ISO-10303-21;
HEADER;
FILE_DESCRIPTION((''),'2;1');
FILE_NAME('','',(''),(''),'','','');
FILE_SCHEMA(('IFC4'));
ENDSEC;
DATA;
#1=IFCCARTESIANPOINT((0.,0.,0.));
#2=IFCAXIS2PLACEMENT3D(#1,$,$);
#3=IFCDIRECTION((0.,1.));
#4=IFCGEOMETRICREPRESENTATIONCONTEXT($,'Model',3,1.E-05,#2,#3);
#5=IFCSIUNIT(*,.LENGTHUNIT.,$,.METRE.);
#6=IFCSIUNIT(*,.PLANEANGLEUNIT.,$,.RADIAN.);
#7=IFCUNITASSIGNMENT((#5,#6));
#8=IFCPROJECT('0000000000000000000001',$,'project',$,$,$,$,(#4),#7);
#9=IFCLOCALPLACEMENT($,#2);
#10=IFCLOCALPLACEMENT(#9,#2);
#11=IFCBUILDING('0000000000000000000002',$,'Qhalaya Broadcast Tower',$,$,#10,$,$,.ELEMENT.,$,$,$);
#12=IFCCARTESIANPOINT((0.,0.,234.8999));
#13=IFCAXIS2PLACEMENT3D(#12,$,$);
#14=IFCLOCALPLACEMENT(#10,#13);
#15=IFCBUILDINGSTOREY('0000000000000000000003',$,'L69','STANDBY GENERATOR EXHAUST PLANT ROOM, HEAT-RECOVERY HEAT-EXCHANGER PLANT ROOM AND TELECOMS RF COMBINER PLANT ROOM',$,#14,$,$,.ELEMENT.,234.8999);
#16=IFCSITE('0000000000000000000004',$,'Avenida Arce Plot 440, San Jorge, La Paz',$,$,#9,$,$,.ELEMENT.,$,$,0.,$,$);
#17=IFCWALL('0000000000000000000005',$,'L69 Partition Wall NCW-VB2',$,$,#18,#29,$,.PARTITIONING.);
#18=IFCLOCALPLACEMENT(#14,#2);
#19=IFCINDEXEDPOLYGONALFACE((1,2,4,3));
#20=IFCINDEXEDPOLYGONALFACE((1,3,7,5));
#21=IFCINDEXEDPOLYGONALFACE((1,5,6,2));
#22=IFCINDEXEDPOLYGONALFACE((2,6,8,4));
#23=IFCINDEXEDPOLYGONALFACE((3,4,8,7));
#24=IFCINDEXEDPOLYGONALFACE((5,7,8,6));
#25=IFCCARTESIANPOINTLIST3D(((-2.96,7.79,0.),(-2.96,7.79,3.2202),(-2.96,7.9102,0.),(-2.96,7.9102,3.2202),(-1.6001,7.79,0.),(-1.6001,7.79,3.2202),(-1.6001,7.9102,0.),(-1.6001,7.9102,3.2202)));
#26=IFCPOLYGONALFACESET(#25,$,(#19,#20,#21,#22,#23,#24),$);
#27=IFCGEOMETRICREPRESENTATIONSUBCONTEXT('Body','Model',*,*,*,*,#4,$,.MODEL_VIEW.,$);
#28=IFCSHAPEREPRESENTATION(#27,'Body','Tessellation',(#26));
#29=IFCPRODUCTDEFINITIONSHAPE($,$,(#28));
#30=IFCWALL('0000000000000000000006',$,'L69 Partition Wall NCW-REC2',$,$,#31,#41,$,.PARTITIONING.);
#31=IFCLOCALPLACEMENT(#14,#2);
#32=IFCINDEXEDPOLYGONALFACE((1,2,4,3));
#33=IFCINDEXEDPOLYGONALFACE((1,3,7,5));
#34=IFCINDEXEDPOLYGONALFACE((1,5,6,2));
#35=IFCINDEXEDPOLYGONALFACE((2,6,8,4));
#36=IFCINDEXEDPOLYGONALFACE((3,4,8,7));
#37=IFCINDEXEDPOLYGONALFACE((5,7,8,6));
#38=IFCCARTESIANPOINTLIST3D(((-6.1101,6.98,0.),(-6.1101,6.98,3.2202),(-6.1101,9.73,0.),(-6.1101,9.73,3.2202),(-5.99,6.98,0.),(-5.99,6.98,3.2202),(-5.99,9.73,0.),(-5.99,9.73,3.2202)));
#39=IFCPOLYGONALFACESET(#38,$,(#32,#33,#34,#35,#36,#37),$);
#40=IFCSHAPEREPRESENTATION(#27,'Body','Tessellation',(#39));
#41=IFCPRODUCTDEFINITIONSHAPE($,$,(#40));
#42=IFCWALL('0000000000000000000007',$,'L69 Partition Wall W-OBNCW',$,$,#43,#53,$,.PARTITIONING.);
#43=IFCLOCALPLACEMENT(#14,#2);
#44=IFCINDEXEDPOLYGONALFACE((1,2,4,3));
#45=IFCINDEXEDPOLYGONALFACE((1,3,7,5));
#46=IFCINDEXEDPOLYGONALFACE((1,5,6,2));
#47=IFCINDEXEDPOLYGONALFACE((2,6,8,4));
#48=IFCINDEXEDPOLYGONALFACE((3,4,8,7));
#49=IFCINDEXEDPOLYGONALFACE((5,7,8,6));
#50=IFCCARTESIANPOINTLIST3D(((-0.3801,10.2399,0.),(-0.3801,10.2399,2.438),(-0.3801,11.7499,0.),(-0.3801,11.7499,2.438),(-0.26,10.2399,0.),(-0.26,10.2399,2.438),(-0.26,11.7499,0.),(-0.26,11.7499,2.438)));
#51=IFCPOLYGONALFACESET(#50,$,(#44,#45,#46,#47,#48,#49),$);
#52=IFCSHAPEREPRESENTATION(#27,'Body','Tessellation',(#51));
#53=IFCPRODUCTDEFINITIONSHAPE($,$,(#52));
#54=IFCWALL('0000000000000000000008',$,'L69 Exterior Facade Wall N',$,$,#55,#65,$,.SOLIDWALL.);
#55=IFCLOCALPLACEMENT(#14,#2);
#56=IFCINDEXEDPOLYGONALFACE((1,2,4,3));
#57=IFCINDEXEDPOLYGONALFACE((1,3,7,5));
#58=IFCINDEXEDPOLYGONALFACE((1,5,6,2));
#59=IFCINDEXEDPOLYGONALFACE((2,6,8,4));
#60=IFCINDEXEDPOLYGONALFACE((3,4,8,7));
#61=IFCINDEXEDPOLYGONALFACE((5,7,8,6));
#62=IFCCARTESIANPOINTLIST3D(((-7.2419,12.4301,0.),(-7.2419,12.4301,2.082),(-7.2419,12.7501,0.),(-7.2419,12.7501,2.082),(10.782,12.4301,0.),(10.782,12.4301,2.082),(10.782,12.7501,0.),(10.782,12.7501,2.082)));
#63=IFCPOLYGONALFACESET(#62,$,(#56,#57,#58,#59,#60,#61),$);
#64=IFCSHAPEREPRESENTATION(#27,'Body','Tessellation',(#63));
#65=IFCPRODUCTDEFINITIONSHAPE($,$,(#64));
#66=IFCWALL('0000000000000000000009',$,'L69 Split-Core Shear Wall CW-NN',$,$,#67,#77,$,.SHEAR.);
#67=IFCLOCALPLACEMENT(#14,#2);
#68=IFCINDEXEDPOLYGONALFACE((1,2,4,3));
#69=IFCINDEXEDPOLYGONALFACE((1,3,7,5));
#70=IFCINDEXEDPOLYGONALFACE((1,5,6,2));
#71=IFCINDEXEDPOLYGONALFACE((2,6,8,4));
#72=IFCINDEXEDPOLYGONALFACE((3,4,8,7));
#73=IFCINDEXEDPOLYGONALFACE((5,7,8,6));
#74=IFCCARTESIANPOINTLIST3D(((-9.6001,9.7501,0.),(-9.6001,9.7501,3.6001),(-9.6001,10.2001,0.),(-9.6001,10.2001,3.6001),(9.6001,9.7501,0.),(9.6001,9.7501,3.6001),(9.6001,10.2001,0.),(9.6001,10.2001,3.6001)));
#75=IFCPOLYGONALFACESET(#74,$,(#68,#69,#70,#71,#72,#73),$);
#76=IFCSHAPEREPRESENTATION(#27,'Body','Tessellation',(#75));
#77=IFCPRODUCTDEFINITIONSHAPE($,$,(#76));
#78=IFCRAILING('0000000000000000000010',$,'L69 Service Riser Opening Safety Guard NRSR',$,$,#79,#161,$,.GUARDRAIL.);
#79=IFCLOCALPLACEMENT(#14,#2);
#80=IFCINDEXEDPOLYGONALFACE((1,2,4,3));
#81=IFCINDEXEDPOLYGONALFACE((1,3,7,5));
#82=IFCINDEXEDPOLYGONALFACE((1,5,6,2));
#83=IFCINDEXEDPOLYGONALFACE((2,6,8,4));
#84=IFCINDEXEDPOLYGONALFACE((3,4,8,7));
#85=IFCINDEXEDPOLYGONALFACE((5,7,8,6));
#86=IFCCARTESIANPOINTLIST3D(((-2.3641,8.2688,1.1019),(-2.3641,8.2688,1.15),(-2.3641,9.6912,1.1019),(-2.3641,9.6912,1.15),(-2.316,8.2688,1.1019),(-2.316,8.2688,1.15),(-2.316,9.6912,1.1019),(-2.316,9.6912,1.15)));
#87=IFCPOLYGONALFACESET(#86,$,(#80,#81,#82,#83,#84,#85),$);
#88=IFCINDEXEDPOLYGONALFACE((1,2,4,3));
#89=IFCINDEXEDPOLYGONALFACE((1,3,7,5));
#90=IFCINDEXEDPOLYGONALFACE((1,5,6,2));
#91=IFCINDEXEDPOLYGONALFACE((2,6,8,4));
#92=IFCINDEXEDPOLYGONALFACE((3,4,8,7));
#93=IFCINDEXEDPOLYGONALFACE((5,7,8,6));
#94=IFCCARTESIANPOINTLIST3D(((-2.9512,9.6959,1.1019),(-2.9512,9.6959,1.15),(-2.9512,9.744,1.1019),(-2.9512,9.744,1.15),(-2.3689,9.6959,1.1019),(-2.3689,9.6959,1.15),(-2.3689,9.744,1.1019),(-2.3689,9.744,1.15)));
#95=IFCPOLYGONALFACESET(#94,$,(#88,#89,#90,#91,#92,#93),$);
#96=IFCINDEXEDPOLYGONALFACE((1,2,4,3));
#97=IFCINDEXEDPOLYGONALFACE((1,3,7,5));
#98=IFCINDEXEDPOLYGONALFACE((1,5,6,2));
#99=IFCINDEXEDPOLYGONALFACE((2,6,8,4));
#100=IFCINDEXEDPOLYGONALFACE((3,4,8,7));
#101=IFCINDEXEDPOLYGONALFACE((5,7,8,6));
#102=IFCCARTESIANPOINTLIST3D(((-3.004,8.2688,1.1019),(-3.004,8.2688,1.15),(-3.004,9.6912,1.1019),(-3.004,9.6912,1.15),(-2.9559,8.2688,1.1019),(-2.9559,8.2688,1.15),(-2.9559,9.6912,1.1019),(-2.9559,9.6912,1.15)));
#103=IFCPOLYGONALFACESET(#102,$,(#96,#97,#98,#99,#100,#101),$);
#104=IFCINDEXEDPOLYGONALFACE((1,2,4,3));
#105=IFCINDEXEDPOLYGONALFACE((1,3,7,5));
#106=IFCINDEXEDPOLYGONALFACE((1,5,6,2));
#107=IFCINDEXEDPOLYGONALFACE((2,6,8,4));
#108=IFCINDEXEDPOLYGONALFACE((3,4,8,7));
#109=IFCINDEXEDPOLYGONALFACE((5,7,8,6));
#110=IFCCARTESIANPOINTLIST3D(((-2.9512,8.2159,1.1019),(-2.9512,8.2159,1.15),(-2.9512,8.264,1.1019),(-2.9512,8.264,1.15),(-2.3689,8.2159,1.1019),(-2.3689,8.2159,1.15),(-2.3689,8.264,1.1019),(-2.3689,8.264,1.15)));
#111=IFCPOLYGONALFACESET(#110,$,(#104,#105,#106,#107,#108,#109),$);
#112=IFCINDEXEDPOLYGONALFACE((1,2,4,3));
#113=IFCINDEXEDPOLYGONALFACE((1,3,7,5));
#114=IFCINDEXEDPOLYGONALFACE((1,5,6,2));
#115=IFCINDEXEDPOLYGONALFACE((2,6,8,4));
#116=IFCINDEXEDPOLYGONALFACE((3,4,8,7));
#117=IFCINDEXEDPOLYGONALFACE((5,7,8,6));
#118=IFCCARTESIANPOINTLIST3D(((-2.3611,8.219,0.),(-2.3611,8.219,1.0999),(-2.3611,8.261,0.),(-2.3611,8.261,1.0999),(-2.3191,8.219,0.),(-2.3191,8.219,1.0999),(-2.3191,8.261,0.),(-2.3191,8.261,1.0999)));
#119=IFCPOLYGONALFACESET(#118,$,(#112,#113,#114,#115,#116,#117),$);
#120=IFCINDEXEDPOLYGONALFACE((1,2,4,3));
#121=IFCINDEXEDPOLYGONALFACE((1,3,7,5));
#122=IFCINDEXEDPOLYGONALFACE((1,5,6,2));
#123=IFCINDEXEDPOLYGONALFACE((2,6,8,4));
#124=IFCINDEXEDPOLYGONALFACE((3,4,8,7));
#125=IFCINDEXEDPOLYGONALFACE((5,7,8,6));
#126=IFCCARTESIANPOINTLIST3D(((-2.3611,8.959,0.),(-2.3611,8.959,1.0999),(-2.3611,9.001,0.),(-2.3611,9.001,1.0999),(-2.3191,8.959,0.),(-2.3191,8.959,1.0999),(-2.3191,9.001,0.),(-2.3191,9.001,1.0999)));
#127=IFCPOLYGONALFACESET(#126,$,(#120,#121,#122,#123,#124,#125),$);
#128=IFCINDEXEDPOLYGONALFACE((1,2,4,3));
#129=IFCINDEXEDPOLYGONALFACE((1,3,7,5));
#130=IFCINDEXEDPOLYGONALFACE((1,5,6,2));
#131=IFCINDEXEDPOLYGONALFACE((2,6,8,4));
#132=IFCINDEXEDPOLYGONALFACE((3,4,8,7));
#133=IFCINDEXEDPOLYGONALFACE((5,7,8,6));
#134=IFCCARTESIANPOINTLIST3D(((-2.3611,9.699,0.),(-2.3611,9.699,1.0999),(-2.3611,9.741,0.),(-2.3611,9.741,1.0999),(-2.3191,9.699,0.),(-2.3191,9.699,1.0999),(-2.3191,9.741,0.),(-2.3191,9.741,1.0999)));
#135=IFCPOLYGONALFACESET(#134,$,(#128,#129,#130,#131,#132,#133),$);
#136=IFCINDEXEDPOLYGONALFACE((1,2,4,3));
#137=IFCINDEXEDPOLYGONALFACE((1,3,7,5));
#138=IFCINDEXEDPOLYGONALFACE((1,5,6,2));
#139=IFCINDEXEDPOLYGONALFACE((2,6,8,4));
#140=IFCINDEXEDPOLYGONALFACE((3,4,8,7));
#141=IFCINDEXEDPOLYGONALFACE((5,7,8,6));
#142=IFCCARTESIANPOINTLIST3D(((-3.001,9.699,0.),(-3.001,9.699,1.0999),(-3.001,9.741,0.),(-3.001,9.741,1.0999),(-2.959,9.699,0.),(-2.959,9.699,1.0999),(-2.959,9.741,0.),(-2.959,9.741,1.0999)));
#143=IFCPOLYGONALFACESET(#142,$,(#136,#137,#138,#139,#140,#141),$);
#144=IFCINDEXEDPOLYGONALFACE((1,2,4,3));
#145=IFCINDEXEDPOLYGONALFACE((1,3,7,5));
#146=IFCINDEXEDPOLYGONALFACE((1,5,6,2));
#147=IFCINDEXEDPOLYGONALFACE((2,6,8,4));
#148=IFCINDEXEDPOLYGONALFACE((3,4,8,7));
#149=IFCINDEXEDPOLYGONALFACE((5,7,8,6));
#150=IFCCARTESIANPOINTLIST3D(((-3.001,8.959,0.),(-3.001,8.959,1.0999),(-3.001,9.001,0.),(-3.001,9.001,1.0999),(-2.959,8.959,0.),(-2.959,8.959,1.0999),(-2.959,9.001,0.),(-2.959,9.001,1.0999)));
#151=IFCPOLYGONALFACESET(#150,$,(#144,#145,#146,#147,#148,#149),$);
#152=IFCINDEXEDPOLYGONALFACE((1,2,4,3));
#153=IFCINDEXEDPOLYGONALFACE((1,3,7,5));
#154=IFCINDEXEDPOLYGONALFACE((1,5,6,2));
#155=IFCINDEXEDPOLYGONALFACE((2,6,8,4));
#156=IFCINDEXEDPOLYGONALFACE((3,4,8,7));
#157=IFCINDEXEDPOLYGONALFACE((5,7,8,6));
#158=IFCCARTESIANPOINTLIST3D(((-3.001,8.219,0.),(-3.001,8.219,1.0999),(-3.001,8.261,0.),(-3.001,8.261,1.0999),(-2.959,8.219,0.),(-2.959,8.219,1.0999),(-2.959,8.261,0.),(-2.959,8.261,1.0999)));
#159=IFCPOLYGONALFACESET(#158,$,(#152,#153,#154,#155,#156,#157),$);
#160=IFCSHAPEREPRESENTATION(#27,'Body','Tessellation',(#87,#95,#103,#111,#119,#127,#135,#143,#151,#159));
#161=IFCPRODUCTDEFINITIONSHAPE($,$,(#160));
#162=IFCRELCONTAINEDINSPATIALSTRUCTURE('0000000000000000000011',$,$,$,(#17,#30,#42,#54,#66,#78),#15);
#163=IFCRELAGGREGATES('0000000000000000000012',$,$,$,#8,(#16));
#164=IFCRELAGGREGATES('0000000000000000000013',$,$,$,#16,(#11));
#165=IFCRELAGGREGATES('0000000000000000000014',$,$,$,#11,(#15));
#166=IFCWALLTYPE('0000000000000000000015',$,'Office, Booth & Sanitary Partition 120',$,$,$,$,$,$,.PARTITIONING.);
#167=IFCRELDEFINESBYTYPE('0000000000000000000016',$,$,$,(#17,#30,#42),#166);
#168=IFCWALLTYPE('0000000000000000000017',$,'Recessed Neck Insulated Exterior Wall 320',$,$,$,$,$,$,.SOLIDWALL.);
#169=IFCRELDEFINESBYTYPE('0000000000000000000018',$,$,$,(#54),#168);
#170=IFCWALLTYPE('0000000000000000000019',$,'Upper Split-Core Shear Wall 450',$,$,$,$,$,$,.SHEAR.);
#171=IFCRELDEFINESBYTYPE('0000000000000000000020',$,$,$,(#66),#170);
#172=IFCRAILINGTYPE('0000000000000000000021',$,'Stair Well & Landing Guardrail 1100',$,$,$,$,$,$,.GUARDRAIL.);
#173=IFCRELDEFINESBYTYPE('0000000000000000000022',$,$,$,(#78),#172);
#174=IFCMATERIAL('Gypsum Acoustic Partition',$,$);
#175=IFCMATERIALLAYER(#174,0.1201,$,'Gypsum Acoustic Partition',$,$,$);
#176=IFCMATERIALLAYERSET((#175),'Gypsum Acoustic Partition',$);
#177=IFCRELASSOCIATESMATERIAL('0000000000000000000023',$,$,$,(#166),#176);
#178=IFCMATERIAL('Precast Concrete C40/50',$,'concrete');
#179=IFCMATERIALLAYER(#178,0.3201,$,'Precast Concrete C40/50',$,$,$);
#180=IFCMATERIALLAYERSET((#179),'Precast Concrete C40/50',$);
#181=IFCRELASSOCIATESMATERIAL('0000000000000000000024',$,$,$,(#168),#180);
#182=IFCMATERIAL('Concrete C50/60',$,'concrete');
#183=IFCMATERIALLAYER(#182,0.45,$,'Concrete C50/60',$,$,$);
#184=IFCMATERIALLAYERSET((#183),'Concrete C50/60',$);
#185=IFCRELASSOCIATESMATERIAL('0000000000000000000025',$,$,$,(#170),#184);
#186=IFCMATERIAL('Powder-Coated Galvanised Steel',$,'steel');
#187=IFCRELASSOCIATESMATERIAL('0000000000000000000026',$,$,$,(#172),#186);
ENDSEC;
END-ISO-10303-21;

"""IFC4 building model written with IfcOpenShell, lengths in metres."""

from ifc_helpers import new_model, si_unit, direction, frame, frame_2d, origin, origin_2d, place, context, subcontext, project, spatial, rectangle, extrude, material, layer, layer_set, type_object, element, save


model = new_model("IFC4")

# Units and contexts
model_context = context("Model", 3, precision=1e-05, world=origin(), true_north=direction((0.0, 1.0)))
body_context = subcontext(model_context, "Body", "Model", "MODEL_VIEW")
ifc_project = project(units=[si_unit("LENGTHUNIT", "METRE"), si_unit("PLANEANGLEUNIT", "RADIAN")], contexts=[model_context])

# Site, building, storey
site_placement = place(None, origin())
site = spatial("IfcSite", under=ifc_project, at=site_placement, Name="Avenida Arce Plot 440, San Jorge, La Paz", CompositionType="ELEMENT", RefElevation=0.0)
building_placement = place(site_placement, origin())
building = spatial("IfcBuilding", under=site, at=building_placement, Name="Qhalaya Broadcast Tower", CompositionType="ELEMENT")
storey_placement = place(building_placement, frame((0.0, 0.0, 234.8999)))
storey = spatial("IfcBuildingStorey", under=building, at=storey_placement, Name="L69", Description="STANDBY GENERATOR EXHAUST PLANT ROOM, HEAT-RECOVERY HEAT-EXCHANGER PLANT ROOM AND TELECOMS RF COMBINER PLANT ROOM", CompositionType="ELEMENT", Elevation=234.8999)

# Shared definitions
ifc_material_1 = material(Name="Concrete C50/60", Category="concrete")

# Shared definitions
ifc_material_2 = material(Name="Gypsum Acoustic Partition")

# Walls
ifc_layer_1 = layer(ifc_material_2, 0.1201, Name="Gypsum Acoustic Partition")
ifc_layer_set_1 = layer_set([ifc_layer_1], Name="Gypsum Acoustic Partition")
wall_type_1 = type_object("IfcWallType", Name="Office, Booth & Sanitary Partition 120", PredefinedType="PARTITIONING", material=ifc_layer_set_1)
wall_1_placement = place(storey_placement, frame((-2.96, 7.8501, 0.0), z_axis=(0.0, 0.0, 1.0), x_axis=(1.0, 0.0, 0.0)))
element("IfcWall", 1, at=wall_1_placement, inside=storey, type_object=wall_type_1, Name="L69 Partition Wall NCW-VB2", PredefinedType="PARTITIONING", context=body_context, shape_type="SweptSolid", body=[
    extrude(rectangle(XDim=1.3599, YDim=0.1201, at=frame_2d((0.6799, 0.0))), origin(), (0.0, 0.0, 1.0), 3.2202),
])
wall_2_placement = place(storey_placement, frame((-6.05, 6.98, 0.0), z_axis=(0.0, 0.0, 1.0), x_axis=(0.0, 1.0, 0.0)))
element("IfcWall", 2, at=wall_2_placement, inside=storey, type_object=wall_type_1, Name="L69 Partition Wall NCW-REC2", PredefinedType="PARTITIONING", context=body_context, shape_type="SweptSolid", body=[
    extrude(rectangle(XDim=2.75, YDim=0.1201, at=frame_2d((1.375, 0.0))), origin(), (0.0, 0.0, 1.0), 3.2202),
])
wall_3_placement = place(storey_placement, frame((-0.3201, 10.24, 0.0), z_axis=(0.0, 0.0, 1.0), x_axis=(0.0, 1.0, 0.0)))
element("IfcWall", 3, at=wall_3_placement, inside=storey, type_object=wall_type_1, Name="L69 Partition Wall W-OBNCW", PredefinedType="PARTITIONING", context=body_context, shape_type="SweptSolid", body=[
    extrude(rectangle(XDim=1.51, YDim=0.1201, at=frame_2d((0.7549, 0.0))), origin(), (0.0, 0.0, 1.0), 2.438),
])
ifc_material_3 = material(Name="Precast Concrete C40/50", Category="concrete")
ifc_layer_2 = layer(ifc_material_3, 0.3201, Name="Precast Concrete C40/50")
ifc_layer_set_2 = layer_set([ifc_layer_2], Name="Precast Concrete C40/50")
wall_type_2 = type_object("IfcWallType", Name="Recessed Neck Insulated Exterior Wall 320", PredefinedType="SOLIDWALL", material=ifc_layer_set_2)
wall_4_placement = place(storey_placement, frame((-7.2419, 12.5901, 0.0), z_axis=(0.0, 0.0, 1.0), x_axis=(1.0, 0.0, 0.0)))
element("IfcWall", 4, at=wall_4_placement, inside=storey, type_object=wall_type_2, Name="L69 Exterior Facade Wall N", PredefinedType="SOLIDWALL", context=body_context, shape_type="SweptSolid", body=[
    extrude(rectangle(XDim=18.0239, YDim=0.3201, at=frame_2d((9.012, 0.0))), origin(), (0.0, 0.0, 1.0), 2.082),
])
ifc_layer_3 = layer(ifc_material_1, 0.45, Name="Concrete C50/60")
ifc_layer_set_3 = layer_set([ifc_layer_3], Name="Concrete C50/60")
wall_type_3 = type_object("IfcWallType", Name="Upper Split-Core Shear Wall 450", PredefinedType="SHEAR", material=ifc_layer_set_3)
wall_5_placement = place(storey_placement, frame((-9.6001, 9.9751, 0.0), z_axis=(0.0, 0.0, 1.0), x_axis=(1.0, 0.0, 0.0)))
element("IfcWall", 5, at=wall_5_placement, inside=storey, type_object=wall_type_3, Name="L69 Split-Core Shear Wall CW-NN", PredefinedType="SHEAR", context=body_context, shape_type="SweptSolid", body=[
    extrude(rectangle(XDim=19.2002, YDim=0.45, at=frame_2d((9.6001, 0.0))), origin(), (0.0, 0.0, 1.0), 3.6001),
])

# Railing
ifc_material_4 = material(Name="Powder-Coated Galvanised Steel", Category="steel")
railing_type_1 = type_object("IfcRailingType", Name="Stair Well & Landing Guardrail 1100", PredefinedType="GUARDRAIL", material=ifc_material_4)
railing_1_placement = place(storey_placement, frame((-2.3401, 8.24, 0.0)))
element("IfcRailing", 6, at=railing_1_placement, inside=storey, type_object=railing_type_1, Name="L69 Service Riser Opening Safety Guard NRSR", PredefinedType="GUARDRAIL", context=body_context, shape_type="SweptSolid", body=[
    extrude(rectangle(XDim=0.0481, YDim=0.0481, at=origin_2d()), frame((0.0, 0.0288, 1.126), z_axis=(0.0, 1.0, 0.0), x_axis=(-1.0, 0.0, 0.0)), (0.0, 0.0, 1.0), 1.4224),
    extrude(rectangle(XDim=0.0481, YDim=0.0481, at=origin_2d()), frame((-0.0288, 1.48, 1.126), z_axis=(-1.0, 0.0, 0.0), x_axis=(0.0, -1.0, 0.0)), (0.0, 0.0, 1.0), 0.5823),
    extrude(rectangle(XDim=0.0481, YDim=0.0481, at=origin_2d()), frame((-0.6399, 1.4512, 1.126), z_axis=(0.0, -1.0, 0.0), x_axis=(1.0, 0.0, 0.0)), (0.0, 0.0, 1.0), 1.4224),
    extrude(rectangle(XDim=0.0481, YDim=0.0481, at=origin_2d()), frame((-0.6111, 0.0, 1.126), z_axis=(1.0, 0.0, 0.0), x_axis=(0.0, 1.0, 0.0)), (0.0, 0.0, 1.0), 0.5823),
    extrude(rectangle(XDim=0.042, YDim=0.042, at=origin_2d()), origin(), (0.0, 0.0, 1.0), 1.0999),
    extrude(rectangle(XDim=0.042, YDim=0.042, at=origin_2d()), frame((0.0, 0.74, 0.0)), (0.0, 0.0, 1.0), 1.0999),
    extrude(rectangle(XDim=0.042, YDim=0.042, at=origin_2d()), frame((0.0, 1.48, 0.0)), (0.0, 0.0, 1.0), 1.0999),
    extrude(rectangle(XDim=0.042, YDim=0.042, at=origin_2d()), frame((-0.6399, 1.48, 0.0)), (0.0, 0.0, 1.0), 1.0999),
    extrude(rectangle(XDim=0.042, YDim=0.042, at=origin_2d()), frame((-0.6399, 0.74, 0.0)), (0.0, 0.0, 1.0), 1.0999),
    extrude(rectangle(XDim=0.042, YDim=0.042, at=origin_2d()), frame((-0.6399, 0.0, 0.0)), (0.0, 0.0, 1.0), 1.0999),
])

save(model, "model.ifc")
